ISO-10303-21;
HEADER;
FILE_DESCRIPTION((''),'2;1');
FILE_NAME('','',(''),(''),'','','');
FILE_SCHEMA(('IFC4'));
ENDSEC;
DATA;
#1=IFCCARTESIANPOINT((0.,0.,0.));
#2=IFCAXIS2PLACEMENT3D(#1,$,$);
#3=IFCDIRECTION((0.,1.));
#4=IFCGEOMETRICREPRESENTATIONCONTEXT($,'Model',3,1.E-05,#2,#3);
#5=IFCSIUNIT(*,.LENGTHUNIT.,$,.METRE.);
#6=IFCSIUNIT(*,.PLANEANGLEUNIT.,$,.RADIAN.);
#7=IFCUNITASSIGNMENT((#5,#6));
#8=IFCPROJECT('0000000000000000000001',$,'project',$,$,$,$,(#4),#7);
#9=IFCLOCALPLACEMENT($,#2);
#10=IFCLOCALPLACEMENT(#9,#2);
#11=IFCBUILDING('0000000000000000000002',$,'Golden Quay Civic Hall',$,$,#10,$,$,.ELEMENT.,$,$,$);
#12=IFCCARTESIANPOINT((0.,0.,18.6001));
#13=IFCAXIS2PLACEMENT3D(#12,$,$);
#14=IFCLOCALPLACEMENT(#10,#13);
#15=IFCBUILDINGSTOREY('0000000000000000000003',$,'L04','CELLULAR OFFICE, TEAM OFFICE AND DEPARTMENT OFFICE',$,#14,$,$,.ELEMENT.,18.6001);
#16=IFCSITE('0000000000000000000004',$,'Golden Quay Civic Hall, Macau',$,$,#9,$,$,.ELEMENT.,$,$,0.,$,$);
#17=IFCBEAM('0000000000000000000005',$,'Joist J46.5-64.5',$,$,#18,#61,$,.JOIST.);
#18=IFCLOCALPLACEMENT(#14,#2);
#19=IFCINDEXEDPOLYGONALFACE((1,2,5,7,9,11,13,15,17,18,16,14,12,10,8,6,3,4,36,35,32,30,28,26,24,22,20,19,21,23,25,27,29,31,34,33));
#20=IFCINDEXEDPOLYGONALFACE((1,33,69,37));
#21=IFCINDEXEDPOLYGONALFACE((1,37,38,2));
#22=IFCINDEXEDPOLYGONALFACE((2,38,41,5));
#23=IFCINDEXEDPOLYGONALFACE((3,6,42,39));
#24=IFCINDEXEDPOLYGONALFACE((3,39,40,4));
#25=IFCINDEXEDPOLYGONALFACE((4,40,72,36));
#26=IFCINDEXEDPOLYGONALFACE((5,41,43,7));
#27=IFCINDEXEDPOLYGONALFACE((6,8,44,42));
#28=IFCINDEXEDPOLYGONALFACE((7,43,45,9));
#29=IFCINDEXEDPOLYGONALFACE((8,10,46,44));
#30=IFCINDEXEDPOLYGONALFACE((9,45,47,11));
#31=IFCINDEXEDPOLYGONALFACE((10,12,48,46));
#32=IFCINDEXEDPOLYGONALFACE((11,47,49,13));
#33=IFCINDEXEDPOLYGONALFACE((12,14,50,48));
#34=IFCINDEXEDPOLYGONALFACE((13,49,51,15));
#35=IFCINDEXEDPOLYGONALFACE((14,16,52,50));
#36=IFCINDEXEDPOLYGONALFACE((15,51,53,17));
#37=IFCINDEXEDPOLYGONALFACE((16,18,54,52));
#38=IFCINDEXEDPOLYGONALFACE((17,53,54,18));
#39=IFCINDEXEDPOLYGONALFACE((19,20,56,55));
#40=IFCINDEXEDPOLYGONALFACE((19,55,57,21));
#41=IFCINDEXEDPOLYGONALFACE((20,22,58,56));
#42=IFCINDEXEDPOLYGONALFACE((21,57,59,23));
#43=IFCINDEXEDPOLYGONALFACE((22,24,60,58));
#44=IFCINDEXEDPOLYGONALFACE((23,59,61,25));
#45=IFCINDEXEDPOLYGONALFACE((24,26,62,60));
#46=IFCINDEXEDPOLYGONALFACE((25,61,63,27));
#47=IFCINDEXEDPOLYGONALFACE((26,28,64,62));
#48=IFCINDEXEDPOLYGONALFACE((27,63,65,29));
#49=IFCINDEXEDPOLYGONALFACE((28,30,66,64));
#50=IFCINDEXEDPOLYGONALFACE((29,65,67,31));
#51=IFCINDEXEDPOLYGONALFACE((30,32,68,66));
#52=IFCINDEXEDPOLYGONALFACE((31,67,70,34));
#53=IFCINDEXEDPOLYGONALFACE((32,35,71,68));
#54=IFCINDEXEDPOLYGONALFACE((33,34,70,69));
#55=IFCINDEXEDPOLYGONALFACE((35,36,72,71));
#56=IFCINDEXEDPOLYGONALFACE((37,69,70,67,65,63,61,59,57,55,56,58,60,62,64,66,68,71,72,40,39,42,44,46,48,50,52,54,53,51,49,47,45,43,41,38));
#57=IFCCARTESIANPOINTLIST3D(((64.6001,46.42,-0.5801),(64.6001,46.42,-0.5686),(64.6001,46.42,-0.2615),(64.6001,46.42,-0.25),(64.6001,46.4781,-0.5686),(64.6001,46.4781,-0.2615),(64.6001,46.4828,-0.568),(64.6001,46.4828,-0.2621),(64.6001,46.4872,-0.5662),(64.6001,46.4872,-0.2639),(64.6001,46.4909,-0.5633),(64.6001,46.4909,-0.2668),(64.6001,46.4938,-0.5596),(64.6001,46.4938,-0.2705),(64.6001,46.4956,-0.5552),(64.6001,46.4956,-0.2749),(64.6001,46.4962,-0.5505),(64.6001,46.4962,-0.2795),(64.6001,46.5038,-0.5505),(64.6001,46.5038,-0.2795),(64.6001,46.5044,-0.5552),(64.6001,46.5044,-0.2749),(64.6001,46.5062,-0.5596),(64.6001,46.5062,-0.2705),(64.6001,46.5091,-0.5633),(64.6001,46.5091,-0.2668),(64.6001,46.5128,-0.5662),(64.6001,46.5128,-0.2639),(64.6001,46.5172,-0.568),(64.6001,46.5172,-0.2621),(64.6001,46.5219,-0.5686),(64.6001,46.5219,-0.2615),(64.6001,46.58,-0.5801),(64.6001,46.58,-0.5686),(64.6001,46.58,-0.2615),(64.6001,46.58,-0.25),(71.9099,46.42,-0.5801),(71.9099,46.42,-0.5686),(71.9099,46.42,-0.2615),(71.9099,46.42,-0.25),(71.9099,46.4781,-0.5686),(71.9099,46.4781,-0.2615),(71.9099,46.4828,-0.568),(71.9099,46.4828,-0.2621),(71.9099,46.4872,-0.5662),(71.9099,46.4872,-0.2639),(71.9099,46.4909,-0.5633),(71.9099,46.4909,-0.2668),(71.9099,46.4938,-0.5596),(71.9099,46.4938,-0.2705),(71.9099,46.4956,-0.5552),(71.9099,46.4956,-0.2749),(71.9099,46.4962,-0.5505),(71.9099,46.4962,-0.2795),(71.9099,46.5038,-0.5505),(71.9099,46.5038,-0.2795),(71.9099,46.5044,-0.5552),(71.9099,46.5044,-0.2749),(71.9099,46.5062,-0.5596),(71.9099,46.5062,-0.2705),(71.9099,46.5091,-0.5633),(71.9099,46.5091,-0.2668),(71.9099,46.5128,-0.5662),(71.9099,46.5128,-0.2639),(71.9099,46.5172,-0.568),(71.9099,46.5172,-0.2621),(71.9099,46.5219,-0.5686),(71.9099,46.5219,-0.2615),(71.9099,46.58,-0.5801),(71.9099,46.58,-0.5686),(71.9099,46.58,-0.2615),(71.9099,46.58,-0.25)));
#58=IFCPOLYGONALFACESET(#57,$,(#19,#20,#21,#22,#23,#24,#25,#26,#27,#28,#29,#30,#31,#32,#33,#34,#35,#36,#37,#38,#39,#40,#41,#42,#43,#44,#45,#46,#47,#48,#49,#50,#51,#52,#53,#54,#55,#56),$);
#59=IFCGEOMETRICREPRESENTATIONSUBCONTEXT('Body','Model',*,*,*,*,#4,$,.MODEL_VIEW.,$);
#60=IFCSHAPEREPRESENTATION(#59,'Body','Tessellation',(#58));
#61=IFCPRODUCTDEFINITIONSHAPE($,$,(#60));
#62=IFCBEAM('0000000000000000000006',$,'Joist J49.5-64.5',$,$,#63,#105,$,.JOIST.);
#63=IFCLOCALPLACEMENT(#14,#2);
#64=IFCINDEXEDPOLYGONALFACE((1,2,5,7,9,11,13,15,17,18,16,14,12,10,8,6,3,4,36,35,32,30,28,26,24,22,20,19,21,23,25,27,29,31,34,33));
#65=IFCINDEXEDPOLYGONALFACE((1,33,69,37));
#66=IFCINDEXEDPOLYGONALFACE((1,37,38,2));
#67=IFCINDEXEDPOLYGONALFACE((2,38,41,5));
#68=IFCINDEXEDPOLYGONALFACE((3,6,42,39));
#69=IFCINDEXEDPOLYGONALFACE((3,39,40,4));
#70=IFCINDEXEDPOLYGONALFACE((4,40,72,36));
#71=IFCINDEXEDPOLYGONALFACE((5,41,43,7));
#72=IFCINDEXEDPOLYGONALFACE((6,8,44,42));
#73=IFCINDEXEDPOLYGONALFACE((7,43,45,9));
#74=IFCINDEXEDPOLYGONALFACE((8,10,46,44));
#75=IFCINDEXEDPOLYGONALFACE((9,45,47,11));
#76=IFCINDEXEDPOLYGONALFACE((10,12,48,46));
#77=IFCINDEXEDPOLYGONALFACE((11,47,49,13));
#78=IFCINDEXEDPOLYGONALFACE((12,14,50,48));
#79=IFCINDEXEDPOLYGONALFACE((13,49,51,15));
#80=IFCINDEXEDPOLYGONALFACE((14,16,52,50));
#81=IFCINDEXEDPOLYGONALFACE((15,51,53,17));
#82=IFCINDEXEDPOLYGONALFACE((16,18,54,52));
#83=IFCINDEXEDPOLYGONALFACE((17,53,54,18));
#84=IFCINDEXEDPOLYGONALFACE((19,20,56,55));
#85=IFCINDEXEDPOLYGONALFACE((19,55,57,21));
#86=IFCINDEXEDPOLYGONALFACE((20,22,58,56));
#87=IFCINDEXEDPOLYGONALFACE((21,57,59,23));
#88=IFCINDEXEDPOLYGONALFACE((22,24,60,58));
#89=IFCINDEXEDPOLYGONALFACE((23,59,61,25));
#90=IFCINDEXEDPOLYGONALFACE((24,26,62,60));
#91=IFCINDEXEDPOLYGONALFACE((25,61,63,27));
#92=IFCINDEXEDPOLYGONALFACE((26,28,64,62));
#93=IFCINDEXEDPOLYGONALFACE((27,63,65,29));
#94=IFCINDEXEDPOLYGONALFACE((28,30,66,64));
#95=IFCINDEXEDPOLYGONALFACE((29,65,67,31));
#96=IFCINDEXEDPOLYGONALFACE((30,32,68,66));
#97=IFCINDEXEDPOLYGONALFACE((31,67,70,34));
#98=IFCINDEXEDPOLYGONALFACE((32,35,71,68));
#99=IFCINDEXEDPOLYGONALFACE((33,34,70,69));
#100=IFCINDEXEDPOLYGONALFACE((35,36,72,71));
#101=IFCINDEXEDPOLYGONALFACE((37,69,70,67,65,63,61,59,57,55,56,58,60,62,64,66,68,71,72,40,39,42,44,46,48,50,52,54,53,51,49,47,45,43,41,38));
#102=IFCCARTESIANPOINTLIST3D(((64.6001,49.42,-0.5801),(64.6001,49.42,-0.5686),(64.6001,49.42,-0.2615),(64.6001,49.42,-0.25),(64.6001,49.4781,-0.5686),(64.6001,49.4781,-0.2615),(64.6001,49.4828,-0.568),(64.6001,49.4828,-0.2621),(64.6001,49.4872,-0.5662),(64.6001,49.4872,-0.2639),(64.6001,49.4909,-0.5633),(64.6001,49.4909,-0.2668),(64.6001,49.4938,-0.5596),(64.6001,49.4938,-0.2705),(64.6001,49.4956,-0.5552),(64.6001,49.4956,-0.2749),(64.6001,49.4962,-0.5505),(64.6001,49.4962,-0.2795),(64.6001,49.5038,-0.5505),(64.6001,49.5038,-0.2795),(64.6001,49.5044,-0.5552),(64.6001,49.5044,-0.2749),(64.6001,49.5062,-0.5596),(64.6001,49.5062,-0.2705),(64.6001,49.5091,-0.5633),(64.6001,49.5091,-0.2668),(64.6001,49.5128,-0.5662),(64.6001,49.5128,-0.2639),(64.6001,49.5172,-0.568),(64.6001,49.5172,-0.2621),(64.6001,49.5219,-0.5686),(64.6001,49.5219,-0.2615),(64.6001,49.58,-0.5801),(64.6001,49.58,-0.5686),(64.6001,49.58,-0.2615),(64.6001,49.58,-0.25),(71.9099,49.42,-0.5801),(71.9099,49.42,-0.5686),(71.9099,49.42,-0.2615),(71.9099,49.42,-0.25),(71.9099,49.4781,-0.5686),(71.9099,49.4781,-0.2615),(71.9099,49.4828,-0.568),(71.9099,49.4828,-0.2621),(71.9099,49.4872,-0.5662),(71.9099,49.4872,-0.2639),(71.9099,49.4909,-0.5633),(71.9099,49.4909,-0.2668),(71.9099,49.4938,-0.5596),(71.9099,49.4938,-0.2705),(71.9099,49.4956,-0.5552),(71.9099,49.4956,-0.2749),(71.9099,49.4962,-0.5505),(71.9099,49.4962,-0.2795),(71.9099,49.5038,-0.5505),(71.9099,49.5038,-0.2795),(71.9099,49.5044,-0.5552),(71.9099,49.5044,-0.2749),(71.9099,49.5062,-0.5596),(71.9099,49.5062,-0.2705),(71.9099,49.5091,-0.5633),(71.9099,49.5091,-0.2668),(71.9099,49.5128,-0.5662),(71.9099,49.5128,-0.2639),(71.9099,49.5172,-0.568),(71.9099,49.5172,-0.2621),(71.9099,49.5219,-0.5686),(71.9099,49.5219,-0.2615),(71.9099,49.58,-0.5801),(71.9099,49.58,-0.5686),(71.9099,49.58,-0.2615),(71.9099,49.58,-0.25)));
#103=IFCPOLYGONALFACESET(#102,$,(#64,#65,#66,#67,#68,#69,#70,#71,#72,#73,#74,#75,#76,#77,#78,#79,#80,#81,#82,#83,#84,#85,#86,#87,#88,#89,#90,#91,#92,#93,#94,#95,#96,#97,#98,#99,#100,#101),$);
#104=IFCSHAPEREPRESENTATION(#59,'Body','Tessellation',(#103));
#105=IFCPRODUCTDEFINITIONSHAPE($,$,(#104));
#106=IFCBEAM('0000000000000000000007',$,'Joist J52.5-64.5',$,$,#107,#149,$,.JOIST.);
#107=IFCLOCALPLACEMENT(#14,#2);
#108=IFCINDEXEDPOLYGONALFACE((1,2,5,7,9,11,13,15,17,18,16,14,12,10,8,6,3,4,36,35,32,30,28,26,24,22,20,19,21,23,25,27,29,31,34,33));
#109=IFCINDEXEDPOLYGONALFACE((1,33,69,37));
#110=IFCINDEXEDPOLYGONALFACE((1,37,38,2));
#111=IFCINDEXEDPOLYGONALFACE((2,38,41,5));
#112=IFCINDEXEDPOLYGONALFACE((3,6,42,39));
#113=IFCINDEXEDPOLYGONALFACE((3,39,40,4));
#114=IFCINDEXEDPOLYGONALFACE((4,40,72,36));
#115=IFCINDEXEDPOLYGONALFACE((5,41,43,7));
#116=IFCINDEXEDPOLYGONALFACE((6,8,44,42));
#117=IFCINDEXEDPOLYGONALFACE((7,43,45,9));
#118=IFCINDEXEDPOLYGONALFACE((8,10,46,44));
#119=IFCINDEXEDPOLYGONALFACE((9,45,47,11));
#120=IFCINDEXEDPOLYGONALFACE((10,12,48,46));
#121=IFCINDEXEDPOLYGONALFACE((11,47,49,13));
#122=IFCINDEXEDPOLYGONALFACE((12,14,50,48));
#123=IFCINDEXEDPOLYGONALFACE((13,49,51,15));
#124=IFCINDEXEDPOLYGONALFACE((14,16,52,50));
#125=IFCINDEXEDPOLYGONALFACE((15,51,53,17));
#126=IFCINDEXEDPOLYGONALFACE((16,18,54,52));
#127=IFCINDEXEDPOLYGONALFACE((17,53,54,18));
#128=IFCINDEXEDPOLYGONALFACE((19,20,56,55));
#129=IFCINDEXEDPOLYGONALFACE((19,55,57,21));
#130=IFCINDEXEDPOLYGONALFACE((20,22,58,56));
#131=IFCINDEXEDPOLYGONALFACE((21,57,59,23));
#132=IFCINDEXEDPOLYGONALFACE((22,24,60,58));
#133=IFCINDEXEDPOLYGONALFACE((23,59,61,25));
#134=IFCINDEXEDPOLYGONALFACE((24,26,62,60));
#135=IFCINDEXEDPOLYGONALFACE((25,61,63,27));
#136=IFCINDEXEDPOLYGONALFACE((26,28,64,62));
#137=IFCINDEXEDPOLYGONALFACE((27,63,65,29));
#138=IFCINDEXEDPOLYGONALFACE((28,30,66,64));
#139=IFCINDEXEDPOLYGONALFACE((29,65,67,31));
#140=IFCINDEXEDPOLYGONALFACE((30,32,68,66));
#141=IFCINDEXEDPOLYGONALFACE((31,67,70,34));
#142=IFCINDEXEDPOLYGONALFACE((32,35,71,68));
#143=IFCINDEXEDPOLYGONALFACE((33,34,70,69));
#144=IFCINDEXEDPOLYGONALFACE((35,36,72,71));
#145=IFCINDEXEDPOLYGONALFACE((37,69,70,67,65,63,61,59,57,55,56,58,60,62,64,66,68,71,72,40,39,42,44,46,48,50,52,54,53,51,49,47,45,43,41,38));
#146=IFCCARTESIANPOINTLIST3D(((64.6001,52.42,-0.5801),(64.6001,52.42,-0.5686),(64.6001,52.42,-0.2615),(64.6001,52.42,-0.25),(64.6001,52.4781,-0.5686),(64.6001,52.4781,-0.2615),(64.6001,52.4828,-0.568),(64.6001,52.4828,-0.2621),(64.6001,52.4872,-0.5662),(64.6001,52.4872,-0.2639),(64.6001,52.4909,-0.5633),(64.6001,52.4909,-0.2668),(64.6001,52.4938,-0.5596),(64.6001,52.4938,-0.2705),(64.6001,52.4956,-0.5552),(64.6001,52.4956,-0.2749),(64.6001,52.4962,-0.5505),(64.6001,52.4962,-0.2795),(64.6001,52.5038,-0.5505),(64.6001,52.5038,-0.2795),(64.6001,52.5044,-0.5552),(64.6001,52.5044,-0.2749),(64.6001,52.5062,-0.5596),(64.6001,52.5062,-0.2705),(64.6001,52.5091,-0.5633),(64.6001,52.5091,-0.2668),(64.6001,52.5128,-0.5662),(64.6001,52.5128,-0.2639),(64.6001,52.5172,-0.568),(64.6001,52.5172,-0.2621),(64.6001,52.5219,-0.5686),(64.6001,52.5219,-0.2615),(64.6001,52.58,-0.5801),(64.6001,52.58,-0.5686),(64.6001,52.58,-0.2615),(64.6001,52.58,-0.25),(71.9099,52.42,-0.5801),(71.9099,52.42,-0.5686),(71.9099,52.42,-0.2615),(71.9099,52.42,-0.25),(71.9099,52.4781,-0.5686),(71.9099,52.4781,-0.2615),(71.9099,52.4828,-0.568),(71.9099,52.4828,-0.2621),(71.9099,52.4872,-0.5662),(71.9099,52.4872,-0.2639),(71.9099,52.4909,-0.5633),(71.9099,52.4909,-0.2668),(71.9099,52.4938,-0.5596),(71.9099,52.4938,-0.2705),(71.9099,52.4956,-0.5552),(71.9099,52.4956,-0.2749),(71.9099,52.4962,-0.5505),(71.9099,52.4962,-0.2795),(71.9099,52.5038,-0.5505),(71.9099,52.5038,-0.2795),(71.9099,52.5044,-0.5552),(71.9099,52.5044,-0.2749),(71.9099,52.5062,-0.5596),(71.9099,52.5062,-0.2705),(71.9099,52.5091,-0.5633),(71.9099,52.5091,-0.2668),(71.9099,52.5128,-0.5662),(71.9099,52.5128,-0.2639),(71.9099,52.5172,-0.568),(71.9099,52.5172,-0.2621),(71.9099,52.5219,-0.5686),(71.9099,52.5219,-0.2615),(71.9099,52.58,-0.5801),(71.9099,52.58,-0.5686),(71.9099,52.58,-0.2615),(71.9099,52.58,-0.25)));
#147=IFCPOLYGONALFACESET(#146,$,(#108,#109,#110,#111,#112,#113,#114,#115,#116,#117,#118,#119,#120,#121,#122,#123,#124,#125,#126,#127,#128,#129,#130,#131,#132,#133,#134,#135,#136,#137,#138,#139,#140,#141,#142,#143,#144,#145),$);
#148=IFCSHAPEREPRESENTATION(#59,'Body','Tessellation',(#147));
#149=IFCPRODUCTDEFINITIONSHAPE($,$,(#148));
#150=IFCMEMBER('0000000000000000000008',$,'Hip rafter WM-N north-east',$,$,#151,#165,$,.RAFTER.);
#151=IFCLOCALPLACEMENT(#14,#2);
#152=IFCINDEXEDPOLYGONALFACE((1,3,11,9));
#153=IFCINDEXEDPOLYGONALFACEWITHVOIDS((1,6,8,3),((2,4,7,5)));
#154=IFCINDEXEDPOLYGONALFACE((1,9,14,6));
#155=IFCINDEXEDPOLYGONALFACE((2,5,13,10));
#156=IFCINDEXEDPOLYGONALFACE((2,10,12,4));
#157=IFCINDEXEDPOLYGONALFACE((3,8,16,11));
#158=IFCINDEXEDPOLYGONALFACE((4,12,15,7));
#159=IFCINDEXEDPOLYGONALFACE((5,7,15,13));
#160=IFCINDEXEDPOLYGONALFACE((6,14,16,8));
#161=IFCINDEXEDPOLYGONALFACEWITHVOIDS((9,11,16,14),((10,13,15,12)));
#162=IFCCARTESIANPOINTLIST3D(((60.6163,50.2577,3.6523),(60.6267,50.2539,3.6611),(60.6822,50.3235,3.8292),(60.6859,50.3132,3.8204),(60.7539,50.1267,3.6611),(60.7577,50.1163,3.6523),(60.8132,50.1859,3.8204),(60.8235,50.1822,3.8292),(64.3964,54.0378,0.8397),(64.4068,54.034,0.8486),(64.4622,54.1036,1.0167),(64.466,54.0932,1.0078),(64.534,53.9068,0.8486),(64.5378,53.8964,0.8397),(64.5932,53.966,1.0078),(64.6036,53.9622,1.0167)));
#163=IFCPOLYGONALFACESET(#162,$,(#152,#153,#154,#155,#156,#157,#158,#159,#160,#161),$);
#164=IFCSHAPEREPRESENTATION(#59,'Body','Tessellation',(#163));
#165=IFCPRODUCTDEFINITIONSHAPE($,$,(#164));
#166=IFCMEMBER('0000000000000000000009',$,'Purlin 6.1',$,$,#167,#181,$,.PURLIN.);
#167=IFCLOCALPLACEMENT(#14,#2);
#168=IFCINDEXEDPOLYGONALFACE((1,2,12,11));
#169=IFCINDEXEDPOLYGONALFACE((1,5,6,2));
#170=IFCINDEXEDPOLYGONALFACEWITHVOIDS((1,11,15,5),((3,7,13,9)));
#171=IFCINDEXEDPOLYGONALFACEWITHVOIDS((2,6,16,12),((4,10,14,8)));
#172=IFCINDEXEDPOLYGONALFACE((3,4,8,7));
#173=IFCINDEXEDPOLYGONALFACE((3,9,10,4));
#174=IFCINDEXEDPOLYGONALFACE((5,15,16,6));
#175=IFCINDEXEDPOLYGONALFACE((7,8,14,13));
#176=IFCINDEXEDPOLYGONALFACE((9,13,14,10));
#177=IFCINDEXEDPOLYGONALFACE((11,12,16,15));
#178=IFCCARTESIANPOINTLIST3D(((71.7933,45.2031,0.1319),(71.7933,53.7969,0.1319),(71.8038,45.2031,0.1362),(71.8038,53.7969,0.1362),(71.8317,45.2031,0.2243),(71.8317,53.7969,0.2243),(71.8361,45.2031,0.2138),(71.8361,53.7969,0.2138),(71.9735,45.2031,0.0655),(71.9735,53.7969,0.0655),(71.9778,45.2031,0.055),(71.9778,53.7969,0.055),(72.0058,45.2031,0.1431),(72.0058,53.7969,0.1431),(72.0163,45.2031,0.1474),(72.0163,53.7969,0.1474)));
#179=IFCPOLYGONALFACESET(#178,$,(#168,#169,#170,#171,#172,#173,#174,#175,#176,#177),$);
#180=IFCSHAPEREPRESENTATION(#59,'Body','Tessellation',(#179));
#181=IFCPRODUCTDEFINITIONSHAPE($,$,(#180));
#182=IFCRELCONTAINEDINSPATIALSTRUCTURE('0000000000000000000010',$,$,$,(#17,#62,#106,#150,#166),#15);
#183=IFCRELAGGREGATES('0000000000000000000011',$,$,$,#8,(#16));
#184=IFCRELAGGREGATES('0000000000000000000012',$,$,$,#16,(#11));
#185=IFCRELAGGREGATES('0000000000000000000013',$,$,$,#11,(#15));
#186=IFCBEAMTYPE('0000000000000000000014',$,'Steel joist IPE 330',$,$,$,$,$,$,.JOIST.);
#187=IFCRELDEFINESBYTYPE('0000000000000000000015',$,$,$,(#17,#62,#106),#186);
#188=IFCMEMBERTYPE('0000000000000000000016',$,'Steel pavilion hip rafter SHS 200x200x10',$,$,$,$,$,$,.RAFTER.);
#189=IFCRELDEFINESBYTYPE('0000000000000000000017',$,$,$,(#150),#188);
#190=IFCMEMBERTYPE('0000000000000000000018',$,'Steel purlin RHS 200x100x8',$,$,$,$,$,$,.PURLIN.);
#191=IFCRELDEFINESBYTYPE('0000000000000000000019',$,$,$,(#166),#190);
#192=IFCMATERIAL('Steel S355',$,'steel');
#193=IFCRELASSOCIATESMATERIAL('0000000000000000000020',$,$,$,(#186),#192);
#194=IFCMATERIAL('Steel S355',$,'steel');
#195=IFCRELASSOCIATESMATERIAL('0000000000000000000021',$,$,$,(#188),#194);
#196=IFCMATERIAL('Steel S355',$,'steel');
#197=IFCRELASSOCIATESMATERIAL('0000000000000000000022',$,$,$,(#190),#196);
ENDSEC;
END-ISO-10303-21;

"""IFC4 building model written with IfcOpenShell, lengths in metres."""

from ifc_helpers import new_model, si_unit, direction, frame, origin, origin_2d, place, context, subcontext, project, spatial, hollow_rectangle, i_section, extrude, material, material_profile, profile_set, type_object, element, save


model = new_model("IFC4")

# Units and contexts
model_context = context("Model", 3, precision=1e-05, world=origin(), true_north=direction((0.0, 1.0)))
body_context = subcontext(model_context, "Body", "Model", "MODEL_VIEW")
ifc_project = project(units=[si_unit("LENGTHUNIT", "METRE"), si_unit("PLANEANGLEUNIT", "RADIAN")], contexts=[model_context])

# Site, building, storey
site_placement = place(None, origin())
site = spatial("IfcSite", under=ifc_project, at=site_placement, Name="Golden Quay Civic Hall, Macau", CompositionType="ELEMENT", RefElevation=0.0)
building_placement = place(site_placement, origin())
building = spatial("IfcBuilding", under=site, at=building_placement, Name="Golden Quay Civic Hall", CompositionType="ELEMENT")
storey_placement = place(building_placement, frame((0.0, 0.0, 18.6001)))
storey = spatial("IfcBuildingStorey", under=building, at=storey_placement, Name="L04", Description="CELLULAR OFFICE, TEAM OFFICE AND DEPARTMENT OFFICE", CompositionType="ELEMENT", Elevation=18.6001)

# Beams
ifc_material_1 = material(Name="Steel S355", Category="steel")
ifc_material_profile_1 = material_profile(ifc_material_1, i_section(OverallWidth=0.1599, OverallDepth=0.3301, WebThickness=0.0076, FlangeThickness=0.0115, FilletRadius=0.0181, at=origin_2d()), Name="IPE 330")
ifc_profile_set_1 = profile_set([ifc_material_profile_1], Name="Steel S355")
beam_type_1 = type_object("IfcBeamType", Name="Steel joist IPE 330", PredefinedType="JOIST", material=ifc_profile_set_1)
for number, where, z_axis, x_axis, name in (
    (1, (64.6001, 46.5, -0.415), (1.0, 0.0, 0.0), (0.0, 1.0, 0.0), "Joist J46.5-64.5"),
    (2, (64.6001, 49.5, -0.415), (1.0, 0.0, 0.0), (0.0, 1.0, 0.0), "Joist J49.5-64.5"),
    (3, (64.6001, 52.5, -0.415), (1.0, 0.0, 0.0), (0.0, 1.0, 0.0), "Joist J52.5-64.5"),
):
    element("IfcBeam", number, at=place(storey_placement, frame(where, z_axis=z_axis, x_axis=x_axis)), inside=storey, type_object=beam_type_1, Name=name, PredefinedType="JOIST", context=body_context, shape_type="SweptSolid", body=[
        extrude(i_section(OverallWidth=0.1599, OverallDepth=0.3301, WebThickness=0.0076, FlangeThickness=0.0115, FilletRadius=0.0181, at=origin_2d()), origin(), (0.0, 0.0, 1.0), 7.3098),
    ])

# Members
ifc_material_2 = material(Name="Steel S355", Category="steel")
ifc_material_profile_2 = material_profile(ifc_material_2, hollow_rectangle(XDim=0.2, YDim=0.2, WallThickness=0.01, at=origin_2d()), Name="SHS 200x200x10")
ifc_profile_set_2 = profile_set([ifc_material_profile_2], Name="Steel S355")
member_type_1 = type_object("IfcMemberType", Name="Steel pavilion hip rafter SHS 200x200x10", PredefinedType="RAFTER", material=ifc_profile_set_2)
member_1_placement = place(storey_placement, frame((64.5, 54.0, 0.9282), z_axis=(-0.625783, -0.625783, 0.465609), x_axis=(0.707107, -0.707107, 0.0)))
element("IfcMember", 4, at=member_1_placement, inside=storey, type_object=member_type_1, Name="Hip rafter WM-N north-east", PredefinedType="RAFTER", context=body_context, shape_type="SweptSolid", body=[
    extrude(hollow_rectangle(XDim=0.2, YDim=0.2, WallThickness=0.01, at=origin_2d()), origin(), (0.0, 0.0, 1.0), 6.0405),
])
ifc_material_3 = material(Name="Steel S355", Category="steel")
ifc_material_profile_3 = material_profile(ifc_material_3, hollow_rectangle(XDim=0.1001, YDim=0.2, WallThickness=0.0081, at=origin_2d()), Name="RHS 200x100x8")
ifc_profile_set_3 = profile_set([ifc_material_profile_3], Name="Steel S355")
member_type_2 = type_object("IfcMemberType", Name="Steel purlin RHS 200x100x8", PredefinedType="PURLIN", material=ifc_profile_set_3)
member_2_placement = place(storey_placement, frame((71.9048, 45.2031, 0.1396), z_axis=(0.0, 1.0, 0.0), x_axis=(-0.384615, 0.0, -0.923077)))
element("IfcMember", 5, at=member_2_placement, inside=storey, type_object=member_type_2, Name="Purlin 6.1", PredefinedType="PURLIN", context=body_context, shape_type="SweptSolid", body=[
    extrude(hollow_rectangle(XDim=0.1001, YDim=0.2, WallThickness=0.0081, at=origin_2d()), origin(), (0.0, 0.0, 1.0), 8.5938),
])

save(model, "model.ifc")
